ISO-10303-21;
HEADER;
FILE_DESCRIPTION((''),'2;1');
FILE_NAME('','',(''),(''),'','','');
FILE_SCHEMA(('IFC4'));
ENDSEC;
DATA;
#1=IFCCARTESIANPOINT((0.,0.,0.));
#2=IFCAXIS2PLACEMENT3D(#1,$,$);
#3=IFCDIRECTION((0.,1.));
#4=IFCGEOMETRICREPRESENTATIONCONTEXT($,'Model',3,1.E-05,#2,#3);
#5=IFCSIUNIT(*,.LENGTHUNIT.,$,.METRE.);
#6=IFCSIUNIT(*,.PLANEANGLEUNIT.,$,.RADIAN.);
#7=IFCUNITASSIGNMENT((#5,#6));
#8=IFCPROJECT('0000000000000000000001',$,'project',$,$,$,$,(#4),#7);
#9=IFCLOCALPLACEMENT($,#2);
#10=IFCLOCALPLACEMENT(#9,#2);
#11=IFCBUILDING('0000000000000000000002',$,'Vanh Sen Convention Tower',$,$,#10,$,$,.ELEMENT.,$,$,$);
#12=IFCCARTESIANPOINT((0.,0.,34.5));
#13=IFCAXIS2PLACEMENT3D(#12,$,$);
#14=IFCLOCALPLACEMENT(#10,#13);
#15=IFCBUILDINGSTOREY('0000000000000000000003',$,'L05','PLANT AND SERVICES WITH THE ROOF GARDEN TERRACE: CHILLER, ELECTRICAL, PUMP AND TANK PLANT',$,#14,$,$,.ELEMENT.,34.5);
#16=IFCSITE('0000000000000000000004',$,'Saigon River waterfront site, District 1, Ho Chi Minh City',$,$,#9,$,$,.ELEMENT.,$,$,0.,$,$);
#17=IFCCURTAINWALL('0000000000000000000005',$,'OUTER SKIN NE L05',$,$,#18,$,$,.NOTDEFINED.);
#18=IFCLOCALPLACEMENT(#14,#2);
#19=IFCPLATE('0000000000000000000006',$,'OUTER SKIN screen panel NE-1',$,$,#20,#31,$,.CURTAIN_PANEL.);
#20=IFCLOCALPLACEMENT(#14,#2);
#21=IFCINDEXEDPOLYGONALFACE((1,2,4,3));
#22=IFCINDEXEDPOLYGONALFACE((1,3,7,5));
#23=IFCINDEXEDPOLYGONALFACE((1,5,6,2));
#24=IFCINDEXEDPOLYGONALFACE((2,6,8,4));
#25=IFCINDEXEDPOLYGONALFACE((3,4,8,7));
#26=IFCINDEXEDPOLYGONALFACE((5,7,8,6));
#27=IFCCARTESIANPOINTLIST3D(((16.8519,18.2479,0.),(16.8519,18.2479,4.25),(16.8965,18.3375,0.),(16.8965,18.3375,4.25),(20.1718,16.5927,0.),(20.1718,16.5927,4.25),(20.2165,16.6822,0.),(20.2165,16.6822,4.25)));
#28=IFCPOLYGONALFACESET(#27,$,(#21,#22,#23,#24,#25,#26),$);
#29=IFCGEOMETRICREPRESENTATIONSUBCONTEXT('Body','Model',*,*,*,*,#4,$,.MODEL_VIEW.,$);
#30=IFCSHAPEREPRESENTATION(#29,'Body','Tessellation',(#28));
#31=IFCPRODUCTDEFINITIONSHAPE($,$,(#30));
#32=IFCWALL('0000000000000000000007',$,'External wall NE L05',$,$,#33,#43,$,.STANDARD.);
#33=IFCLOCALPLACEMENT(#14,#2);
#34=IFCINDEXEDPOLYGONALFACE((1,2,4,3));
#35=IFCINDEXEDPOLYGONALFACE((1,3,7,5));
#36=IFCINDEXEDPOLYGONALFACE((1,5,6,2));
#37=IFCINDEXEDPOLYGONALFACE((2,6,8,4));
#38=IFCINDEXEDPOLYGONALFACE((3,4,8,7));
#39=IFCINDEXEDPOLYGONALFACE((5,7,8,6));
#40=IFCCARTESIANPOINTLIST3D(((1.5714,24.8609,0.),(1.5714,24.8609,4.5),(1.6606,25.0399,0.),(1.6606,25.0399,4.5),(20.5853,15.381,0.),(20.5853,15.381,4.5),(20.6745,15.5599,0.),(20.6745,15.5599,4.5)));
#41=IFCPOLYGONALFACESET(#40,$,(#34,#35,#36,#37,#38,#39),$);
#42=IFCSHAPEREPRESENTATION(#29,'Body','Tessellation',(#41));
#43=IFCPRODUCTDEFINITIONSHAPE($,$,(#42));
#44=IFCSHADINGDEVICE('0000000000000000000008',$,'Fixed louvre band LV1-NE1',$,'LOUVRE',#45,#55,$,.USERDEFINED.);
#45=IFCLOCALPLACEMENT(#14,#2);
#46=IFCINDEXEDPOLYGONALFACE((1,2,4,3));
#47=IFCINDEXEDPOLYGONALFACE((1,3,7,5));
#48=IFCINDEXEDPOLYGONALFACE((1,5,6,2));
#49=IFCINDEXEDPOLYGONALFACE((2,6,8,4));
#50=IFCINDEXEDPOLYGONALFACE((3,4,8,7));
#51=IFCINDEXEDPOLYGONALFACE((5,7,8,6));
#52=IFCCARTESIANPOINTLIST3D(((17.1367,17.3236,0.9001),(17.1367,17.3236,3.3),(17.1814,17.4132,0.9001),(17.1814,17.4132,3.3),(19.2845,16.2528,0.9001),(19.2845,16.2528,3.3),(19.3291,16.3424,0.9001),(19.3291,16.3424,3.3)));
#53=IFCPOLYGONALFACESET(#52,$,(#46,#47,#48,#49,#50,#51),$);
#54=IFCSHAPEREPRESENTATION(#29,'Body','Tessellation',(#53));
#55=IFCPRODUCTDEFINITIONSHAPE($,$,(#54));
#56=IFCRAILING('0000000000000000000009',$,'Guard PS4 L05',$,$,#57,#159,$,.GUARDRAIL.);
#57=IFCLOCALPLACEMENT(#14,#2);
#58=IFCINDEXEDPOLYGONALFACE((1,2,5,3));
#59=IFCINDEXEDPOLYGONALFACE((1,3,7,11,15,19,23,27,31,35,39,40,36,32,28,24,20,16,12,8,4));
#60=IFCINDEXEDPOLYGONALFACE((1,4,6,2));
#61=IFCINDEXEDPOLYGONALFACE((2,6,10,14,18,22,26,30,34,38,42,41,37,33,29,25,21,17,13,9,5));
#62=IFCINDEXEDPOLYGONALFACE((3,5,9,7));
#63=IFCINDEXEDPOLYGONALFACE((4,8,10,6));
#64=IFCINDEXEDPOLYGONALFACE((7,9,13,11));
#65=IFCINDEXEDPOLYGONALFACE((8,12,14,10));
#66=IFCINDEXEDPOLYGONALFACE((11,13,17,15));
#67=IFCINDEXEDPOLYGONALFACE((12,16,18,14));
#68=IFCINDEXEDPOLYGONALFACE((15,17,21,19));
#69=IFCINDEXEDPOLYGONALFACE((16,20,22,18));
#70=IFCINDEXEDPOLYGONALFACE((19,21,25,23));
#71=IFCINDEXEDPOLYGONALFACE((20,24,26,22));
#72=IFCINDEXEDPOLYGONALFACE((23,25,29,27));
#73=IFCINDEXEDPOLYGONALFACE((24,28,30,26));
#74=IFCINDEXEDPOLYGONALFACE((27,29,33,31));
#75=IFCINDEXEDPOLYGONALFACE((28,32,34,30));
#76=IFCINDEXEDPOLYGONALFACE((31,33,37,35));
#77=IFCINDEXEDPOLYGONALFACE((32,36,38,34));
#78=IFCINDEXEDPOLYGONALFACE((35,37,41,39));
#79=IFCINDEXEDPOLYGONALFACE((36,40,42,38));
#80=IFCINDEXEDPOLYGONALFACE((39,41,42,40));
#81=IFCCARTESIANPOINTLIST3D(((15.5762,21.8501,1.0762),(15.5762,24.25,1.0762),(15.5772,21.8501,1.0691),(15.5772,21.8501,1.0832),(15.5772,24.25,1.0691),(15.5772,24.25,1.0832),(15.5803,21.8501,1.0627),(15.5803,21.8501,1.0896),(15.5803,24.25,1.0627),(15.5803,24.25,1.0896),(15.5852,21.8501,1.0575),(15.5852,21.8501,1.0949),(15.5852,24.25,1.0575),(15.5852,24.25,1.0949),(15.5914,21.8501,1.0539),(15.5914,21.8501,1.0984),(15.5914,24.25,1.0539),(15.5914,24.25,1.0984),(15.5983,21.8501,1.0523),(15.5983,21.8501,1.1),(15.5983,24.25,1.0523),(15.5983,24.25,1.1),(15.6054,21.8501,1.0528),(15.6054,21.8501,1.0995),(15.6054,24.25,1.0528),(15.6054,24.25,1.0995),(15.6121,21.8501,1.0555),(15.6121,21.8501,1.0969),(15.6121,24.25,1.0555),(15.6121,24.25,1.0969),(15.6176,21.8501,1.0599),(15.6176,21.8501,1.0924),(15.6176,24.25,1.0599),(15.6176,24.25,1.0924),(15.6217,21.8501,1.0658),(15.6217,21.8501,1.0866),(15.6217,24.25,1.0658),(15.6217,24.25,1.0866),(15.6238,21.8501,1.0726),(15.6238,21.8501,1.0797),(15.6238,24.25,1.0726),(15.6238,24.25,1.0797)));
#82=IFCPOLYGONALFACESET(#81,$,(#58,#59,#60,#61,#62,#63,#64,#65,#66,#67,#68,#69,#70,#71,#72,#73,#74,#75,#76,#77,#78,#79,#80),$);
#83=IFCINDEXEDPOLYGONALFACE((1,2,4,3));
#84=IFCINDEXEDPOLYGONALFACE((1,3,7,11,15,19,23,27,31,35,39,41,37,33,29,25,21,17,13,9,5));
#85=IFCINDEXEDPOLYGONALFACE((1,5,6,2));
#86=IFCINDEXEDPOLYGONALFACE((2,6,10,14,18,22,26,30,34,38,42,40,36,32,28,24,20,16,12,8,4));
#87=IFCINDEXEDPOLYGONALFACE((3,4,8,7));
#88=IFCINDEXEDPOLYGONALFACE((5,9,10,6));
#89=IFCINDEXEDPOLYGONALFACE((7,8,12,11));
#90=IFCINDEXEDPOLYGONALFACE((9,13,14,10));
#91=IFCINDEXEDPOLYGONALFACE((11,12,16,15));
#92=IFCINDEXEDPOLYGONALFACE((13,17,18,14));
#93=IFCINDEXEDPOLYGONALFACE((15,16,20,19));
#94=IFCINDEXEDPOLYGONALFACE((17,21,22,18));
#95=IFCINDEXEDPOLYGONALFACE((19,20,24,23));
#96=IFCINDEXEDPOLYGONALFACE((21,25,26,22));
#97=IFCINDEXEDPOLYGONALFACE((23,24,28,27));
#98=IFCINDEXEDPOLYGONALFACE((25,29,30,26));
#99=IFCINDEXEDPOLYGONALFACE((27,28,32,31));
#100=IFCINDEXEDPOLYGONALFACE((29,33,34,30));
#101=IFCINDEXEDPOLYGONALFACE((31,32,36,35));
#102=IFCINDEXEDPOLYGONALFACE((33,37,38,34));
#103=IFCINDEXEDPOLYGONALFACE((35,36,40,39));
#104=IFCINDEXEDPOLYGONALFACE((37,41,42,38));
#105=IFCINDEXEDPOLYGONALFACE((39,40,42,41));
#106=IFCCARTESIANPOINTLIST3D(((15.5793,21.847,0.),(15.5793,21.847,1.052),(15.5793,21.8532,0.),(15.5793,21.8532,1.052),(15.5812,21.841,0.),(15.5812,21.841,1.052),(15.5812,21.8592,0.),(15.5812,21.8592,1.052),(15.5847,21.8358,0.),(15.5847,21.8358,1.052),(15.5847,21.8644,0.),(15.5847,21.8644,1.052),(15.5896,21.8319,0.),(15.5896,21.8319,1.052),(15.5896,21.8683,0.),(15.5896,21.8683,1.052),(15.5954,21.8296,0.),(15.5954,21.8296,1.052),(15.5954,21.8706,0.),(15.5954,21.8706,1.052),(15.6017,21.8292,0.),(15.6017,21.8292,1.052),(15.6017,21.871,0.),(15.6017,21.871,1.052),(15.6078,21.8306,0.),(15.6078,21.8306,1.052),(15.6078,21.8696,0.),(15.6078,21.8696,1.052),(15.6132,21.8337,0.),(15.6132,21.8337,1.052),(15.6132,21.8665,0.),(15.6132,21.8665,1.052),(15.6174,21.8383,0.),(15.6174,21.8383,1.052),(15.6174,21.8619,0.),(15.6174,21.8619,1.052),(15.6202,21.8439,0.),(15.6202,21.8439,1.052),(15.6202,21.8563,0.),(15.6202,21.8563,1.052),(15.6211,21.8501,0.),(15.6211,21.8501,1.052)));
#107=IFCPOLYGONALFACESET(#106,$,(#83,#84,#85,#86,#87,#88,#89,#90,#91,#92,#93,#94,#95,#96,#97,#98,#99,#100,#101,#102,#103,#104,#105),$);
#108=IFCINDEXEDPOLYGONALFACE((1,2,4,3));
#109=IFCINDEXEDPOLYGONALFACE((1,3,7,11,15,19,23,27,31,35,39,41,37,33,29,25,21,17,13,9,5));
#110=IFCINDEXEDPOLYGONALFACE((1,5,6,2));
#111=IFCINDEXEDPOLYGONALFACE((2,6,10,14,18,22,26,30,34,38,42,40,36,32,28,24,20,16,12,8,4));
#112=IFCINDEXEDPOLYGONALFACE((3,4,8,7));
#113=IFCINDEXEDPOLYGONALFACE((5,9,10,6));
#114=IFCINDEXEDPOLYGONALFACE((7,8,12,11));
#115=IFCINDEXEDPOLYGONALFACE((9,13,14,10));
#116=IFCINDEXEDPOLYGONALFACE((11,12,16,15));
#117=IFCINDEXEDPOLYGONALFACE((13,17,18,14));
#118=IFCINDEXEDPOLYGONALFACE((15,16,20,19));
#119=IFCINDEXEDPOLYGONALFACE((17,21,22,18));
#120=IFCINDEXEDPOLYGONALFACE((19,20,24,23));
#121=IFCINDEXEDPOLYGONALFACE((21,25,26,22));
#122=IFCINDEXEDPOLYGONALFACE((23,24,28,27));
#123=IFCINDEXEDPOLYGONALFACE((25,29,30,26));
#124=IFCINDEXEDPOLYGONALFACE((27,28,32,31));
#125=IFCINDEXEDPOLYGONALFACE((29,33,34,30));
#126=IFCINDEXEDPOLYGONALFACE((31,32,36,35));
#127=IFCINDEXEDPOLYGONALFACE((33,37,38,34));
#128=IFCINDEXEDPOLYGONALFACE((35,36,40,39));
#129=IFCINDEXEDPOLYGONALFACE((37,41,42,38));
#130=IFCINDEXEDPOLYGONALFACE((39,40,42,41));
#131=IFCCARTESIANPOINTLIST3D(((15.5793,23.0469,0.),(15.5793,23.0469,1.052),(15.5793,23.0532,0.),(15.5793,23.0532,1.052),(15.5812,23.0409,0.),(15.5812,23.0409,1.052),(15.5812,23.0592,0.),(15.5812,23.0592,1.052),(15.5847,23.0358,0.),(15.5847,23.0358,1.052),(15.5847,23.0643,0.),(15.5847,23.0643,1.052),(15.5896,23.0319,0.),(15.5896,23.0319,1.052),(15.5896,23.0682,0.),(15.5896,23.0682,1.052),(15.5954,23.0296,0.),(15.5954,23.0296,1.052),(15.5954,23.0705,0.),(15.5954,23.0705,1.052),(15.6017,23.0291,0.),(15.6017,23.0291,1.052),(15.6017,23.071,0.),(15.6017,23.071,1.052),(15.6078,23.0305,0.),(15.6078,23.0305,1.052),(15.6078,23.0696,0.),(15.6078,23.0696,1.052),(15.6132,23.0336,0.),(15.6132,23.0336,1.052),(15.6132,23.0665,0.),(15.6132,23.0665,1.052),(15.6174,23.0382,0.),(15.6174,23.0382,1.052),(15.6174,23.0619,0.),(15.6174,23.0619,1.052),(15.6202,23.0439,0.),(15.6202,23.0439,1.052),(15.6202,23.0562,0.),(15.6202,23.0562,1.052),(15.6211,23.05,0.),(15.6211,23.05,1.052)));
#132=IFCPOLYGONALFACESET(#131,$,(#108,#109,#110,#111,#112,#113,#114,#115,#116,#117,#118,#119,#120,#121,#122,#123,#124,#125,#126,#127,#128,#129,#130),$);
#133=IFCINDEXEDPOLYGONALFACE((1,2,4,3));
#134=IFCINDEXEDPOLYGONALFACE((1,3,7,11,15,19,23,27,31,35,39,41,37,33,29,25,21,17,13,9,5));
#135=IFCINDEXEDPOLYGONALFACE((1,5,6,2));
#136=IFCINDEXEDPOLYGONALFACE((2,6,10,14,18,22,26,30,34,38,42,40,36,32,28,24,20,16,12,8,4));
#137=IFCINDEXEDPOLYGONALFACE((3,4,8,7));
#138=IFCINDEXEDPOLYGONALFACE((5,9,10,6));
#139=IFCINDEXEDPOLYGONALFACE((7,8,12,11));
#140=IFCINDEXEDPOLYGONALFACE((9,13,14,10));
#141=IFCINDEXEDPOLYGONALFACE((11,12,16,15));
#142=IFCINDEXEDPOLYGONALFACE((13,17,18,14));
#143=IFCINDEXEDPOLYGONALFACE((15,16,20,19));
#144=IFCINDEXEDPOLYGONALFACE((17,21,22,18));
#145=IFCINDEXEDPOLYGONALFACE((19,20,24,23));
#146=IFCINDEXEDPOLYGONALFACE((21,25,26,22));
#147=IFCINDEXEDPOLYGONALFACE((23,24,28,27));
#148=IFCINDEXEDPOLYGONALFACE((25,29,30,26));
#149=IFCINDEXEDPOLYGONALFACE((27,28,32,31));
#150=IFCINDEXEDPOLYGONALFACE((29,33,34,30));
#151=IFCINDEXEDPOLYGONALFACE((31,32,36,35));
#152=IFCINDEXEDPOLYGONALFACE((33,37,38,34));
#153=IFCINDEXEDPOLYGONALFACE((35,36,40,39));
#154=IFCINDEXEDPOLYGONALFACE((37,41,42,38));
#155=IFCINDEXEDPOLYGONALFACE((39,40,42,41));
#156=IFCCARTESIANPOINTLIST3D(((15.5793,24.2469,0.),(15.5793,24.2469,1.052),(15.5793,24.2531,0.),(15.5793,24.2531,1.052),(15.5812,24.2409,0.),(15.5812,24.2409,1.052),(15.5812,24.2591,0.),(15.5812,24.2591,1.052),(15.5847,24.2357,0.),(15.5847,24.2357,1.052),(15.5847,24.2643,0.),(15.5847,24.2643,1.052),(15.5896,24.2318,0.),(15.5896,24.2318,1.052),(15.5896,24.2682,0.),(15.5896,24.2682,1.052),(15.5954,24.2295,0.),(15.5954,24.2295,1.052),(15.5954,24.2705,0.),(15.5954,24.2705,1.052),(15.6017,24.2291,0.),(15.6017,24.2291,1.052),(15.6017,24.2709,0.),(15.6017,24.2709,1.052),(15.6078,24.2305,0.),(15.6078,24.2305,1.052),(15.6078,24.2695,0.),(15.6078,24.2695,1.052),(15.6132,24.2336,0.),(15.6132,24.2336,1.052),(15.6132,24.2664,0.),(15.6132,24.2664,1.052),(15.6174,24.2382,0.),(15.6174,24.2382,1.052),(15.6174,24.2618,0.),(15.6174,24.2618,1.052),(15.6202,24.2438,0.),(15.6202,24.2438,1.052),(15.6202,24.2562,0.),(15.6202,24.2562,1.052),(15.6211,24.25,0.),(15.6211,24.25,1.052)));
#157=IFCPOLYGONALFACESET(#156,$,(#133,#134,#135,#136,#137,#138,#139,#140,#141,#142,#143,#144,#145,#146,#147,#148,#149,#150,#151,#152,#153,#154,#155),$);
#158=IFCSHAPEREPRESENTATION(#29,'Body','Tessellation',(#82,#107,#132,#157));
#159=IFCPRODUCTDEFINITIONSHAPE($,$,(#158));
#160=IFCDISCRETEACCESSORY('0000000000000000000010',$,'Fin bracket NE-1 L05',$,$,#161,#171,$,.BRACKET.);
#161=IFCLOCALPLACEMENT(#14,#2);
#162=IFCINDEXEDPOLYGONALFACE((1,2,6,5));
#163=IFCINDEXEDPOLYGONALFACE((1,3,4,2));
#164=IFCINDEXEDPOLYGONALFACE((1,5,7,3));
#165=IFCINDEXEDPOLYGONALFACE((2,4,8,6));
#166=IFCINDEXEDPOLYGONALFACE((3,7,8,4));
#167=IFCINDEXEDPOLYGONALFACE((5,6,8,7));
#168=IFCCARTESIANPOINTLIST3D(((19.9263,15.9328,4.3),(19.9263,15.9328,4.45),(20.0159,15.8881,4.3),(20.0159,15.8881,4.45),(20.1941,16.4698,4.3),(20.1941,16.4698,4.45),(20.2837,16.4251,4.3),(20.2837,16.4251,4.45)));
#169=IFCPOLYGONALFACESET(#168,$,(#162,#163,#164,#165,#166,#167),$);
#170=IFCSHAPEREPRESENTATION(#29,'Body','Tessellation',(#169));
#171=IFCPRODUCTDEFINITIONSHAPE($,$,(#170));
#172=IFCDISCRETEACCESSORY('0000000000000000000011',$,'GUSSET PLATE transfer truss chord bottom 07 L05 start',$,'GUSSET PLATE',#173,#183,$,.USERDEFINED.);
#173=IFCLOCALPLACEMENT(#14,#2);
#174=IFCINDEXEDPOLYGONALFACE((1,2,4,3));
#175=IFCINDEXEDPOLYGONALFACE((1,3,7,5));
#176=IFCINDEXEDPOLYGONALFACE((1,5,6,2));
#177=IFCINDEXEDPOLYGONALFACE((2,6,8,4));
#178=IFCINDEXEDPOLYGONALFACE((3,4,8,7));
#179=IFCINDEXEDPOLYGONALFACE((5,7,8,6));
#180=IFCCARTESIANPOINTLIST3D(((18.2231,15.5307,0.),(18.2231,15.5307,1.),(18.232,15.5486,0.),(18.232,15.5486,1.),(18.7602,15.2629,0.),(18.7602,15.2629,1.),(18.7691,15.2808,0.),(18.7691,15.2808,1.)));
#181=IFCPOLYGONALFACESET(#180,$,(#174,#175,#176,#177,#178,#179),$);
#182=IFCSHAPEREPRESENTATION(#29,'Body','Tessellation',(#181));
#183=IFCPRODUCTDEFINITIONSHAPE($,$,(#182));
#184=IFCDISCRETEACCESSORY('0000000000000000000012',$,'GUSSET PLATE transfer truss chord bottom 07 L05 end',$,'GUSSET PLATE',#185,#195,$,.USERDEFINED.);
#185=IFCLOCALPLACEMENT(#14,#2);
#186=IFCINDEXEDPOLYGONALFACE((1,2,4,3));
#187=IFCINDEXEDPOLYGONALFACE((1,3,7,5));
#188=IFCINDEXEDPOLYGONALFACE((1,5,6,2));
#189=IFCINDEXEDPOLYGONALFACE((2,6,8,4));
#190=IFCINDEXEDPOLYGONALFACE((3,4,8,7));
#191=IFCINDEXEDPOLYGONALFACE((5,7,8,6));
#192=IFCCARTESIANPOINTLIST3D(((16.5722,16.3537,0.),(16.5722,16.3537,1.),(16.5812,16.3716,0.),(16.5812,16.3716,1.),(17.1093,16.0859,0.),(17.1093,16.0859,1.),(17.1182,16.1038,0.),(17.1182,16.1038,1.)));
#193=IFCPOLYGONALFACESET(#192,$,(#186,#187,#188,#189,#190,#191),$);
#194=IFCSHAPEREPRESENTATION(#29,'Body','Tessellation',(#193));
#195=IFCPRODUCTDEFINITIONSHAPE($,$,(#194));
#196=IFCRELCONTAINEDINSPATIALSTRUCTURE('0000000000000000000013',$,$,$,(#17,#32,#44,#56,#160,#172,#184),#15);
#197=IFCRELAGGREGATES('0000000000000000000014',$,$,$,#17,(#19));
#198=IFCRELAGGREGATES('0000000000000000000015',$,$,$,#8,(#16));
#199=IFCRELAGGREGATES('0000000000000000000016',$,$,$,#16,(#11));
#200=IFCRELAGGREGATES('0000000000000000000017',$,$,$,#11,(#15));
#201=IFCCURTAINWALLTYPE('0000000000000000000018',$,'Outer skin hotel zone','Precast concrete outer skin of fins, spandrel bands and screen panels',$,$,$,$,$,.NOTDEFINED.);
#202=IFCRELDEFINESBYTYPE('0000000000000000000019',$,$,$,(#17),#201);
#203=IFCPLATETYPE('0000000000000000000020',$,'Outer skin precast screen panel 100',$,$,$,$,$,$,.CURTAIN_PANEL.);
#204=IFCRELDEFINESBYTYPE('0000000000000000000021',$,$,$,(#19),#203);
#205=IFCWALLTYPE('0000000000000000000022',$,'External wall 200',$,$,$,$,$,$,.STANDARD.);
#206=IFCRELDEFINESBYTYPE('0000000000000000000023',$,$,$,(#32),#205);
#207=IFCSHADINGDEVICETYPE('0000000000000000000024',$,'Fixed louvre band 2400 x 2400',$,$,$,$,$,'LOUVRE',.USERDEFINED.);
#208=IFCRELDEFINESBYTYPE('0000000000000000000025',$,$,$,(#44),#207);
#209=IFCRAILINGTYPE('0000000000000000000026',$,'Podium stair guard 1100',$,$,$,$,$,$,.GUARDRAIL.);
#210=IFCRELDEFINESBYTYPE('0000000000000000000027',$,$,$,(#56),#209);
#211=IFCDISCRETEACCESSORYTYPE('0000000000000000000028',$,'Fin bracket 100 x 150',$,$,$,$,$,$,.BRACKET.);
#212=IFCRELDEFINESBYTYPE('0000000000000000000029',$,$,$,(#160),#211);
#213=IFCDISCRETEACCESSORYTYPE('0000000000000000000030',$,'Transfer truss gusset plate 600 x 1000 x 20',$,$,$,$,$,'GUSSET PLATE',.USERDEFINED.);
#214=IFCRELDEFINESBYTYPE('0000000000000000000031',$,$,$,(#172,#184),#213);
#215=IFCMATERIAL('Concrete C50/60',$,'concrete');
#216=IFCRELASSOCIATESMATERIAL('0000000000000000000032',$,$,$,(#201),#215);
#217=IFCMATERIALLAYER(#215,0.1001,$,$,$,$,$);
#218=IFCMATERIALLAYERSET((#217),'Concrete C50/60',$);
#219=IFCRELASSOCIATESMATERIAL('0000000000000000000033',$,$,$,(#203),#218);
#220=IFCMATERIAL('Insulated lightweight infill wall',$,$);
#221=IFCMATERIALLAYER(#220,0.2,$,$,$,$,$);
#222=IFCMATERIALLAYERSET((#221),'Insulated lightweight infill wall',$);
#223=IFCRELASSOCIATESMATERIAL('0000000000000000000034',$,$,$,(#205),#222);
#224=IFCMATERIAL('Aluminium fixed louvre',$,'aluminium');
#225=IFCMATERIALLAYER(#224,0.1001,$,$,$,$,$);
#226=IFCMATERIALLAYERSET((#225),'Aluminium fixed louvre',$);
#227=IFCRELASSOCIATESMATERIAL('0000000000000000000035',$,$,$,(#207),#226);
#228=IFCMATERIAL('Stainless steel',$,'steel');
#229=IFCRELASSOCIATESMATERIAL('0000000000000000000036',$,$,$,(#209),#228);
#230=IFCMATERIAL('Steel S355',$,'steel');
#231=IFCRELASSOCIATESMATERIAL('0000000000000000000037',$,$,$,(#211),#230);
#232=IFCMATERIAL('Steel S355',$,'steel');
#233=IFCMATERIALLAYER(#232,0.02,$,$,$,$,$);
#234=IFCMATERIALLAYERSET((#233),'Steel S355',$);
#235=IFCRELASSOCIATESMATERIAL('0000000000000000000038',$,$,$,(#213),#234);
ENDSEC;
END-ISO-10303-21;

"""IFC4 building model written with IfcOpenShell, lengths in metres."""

from ifc_helpers import new_model, si_unit, direction, frame, frame_2d, origin, origin_2d, place, context, subcontext, project, spatial, rectangle, circle, extrude, material, layer, layer_set, type_object, element, aggregate, save


model = new_model("IFC4")

# Units and contexts
model_context = context("Model", 3, precision=1e-05, world=origin(), true_north=direction((0.0, 1.0)))
body_context = subcontext(model_context, "Body", "Model", "MODEL_VIEW")
ifc_project = project(units=[si_unit("LENGTHUNIT", "METRE"), si_unit("PLANEANGLEUNIT", "RADIAN")], contexts=[model_context])

# Site, building, storey
site_placement = place(None, origin())
site = spatial("IfcSite", under=ifc_project, at=site_placement, Name="Saigon River waterfront site, District 1, Ho Chi Minh City", CompositionType="ELEMENT", RefElevation=0.0)
building_placement = place(site_placement, origin())
building = spatial("IfcBuilding", under=site, at=building_placement, Name="Vanh Sen Convention Tower", CompositionType="ELEMENT")
storey_placement = place(building_placement, frame((0.0, 0.0, 34.5)))
storey = spatial("IfcBuildingStorey", under=building, at=storey_placement, Name="L05", Description="PLANT AND SERVICES WITH THE ROOF GARDEN TERRACE: CHILLER, ELECTRICAL, PUMP AND TANK PLANT", CompositionType="ELEMENT", Elevation=34.5)

# Curtain wall
ifc_material_1 = material(Name="Concrete C50/60", Category="concrete")
curtain_wall_type = type_object("IfcCurtainWallType", Name="Outer skin hotel zone", Description="Precast concrete outer skin of fins, spandrel bands and screen panels", PredefinedType="NOTDEFINED", material=ifc_material_1)
curtain_wall_placement = place(storey_placement, origin())
curtain_wall = element("IfcCurtainWall", 1, at=curtain_wall_placement, inside=storey, type_object=curtain_wall_type, Name="OUTER SKIN NE L05", PredefinedType="NOTDEFINED")

# Shared definitions
ifc_material_2 = material(Name="Steel S355", Category="steel")

# Plate
ifc_layer_1 = layer(ifc_material_1, 0.1001)
ifc_layer_set_1 = layer_set([ifc_layer_1], Name="Concrete C50/60")
plate_type = type_object("IfcPlateType", Name="Outer skin precast screen panel 100", PredefinedType="CURTAIN_PANEL", material=ifc_layer_set_1)
plate_placement = place(storey_placement, frame((18.5342, 17.4651, 0.0), z_axis=(0.0, 0.0, 1.0), x_axis=(-0.894935, 0.446196, 0.0)))
plate = element("IfcPlate", 2, at=plate_placement, type_object=plate_type, Name="OUTER SKIN screen panel NE-1", PredefinedType="CURTAIN_PANEL", context=body_context, shape_type="SweptSolid", body=[
    extrude(rectangle(XDim=3.7097, YDim=0.1001, at=origin_2d()), origin(), (0.0, 0.0, 1.0), 4.25),
])
aggregate(curtain_wall, [plate])

# Wall
ifc_material_3 = material(Name="Insulated lightweight infill wall")
ifc_layer_2 = layer(ifc_material_3, 0.2)
ifc_layer_set_2 = layer_set([ifc_layer_2], Name="Insulated lightweight infill wall")
wall_type = type_object("IfcWallType", Name="External wall 200", PredefinedType="STANDARD", material=ifc_layer_set_2)
wall_placement = place(storey_placement, frame((20.6299, 15.4705, 0.0), z_axis=(0.0, 0.0, 1.0), x_axis=(-0.894935, 0.446197, 0.0)))
element("IfcWall", 3, at=wall_placement, inside=storey, type_object=wall_type, Name="External wall NE L05", PredefinedType="STANDARD", context=body_context, shape_type="SweptSolid", body=[
    extrude(rectangle(XDim=21.2461, YDim=0.2, at=frame_2d((10.623, 0.0))), origin(), (0.0, 0.0, 1.0), 4.5),
])

# Shading device
ifc_material_4 = material(Name="Aluminium fixed louvre", Category="aluminium")
ifc_layer_3 = layer(ifc_material_4, 0.1001)
ifc_layer_set_3 = layer_set([ifc_layer_3], Name="Aluminium fixed louvre")
shading_device_type = type_object("IfcShadingDeviceType", Name="Fixed louvre band 2400 x 2400", ElementType="LOUVRE", PredefinedType="USERDEFINED", material=ifc_layer_set_3)
shading_device_placement = place(storey_placement, frame((18.2329, 16.833, 0.9001), z_axis=(0.0, 0.0, 1.0), x_axis=(-0.894934, 0.446199, 0.0)))
element("IfcShadingDevice", 4, at=shading_device_placement, inside=storey, type_object=shading_device_type, Name="Fixed louvre band LV1-NE1", ObjectType="LOUVRE", PredefinedType="USERDEFINED", context=body_context, shape_type="SweptSolid", body=[
    extrude(rectangle(XDim=2.3999, YDim=0.1001, at=origin_2d()), origin(), (0.0, 0.0, 1.0), 2.3999),
])

# Railing
ifc_material_5 = material(Name="Stainless steel", Category="steel")
railing_type = type_object("IfcRailingType", Name="Podium stair guard 1100", PredefinedType="GUARDRAIL", material=ifc_material_5)
railing_placement = place(storey_placement, frame((15.6001, 21.8501, 0.0)))
element("IfcRailing", 5, at=railing_placement, inside=storey, type_object=railing_type, Name="Guard PS4 L05", PredefinedType="GUARDRAIL", context=body_context, shape_type="SweptSolid", body=[
    extrude(circle(Radius=0.0239, at=origin_2d()), frame((0.0, 0.0, 1.0762), z_axis=(0.0, 1.0, 0.0), x_axis=(-1.0, 0.0, 0.0)), (0.0, 0.0, 1.0), 2.3999),
    extrude(circle(Radius=0.021, at=origin_2d()), origin(), (0.0, 0.0, 1.0), 1.052),
    extrude(circle(Radius=0.021, at=origin_2d()), frame((0.0, 1.2, 0.0)), (0.0, 0.0, 1.0), 1.052),
    extrude(circle(Radius=0.021, at=origin_2d()), frame((0.0, 2.3999, 0.0)), (0.0, 0.0, 1.0), 1.052),
])

# Discrete accessories
ifc_material_6 = material(Name="Steel S355", Category="steel")
discrete_accessory_type_1 = type_object("IfcDiscreteAccessoryType", Name="Fin bracket 100 x 150", PredefinedType="BRACKET", material=ifc_material_6)
discrete_accessory_1_placement = place(storey_placement, frame((20.105, 16.179, 4.3), z_axis=(0.0, 0.0, 1.0), x_axis=(0.446198, 0.894934, 0.0)))
element("IfcDiscreteAccessory", 6, at=discrete_accessory_1_placement, inside=storey, type_object=discrete_accessory_type_1, Name="Fin bracket NE-1 L05", PredefinedType="BRACKET", context=body_context, shape_type="SweptSolid", body=[
    extrude(rectangle(XDim=0.6001, YDim=0.1001, at=origin_2d()), origin(), (0.0, 0.0, 1.0), 0.1499),
])
ifc_layer_4 = layer(ifc_material_2, 0.02)
ifc_layer_set_4 = layer_set([ifc_layer_4], Name="Steel S355")
discrete_accessory_type_2 = type_object("IfcDiscreteAccessoryType", Name="Transfer truss gusset plate 600 x 1000 x 20", ElementType="GUSSET PLATE", PredefinedType="USERDEFINED", material=ifc_layer_set_4)
for number, where, z_axis, x_axis, name in (
    (7, (18.4961, 15.4058, 0.0), (0.0, 0.0, 1.0), (-0.894935, 0.446196, 0.0), "GUSSET PLATE transfer truss chord bottom 07 L05 start"),
    (8, (16.8452, 16.2288, 0.0), (0.0, 0.0, 1.0), (0.894935, -0.446196, 0.0), "GUSSET PLATE transfer truss chord bottom 07 L05 end"),
):
    element("IfcDiscreteAccessory", number, at=place(storey_placement, frame(where, z_axis=z_axis, x_axis=x_axis)), inside=storey, type_object=discrete_accessory_type_2, Name=name, ObjectType="GUSSET PLATE", PredefinedType="USERDEFINED", context=body_context, shape_type="SweptSolid", body=[
        extrude(rectangle(XDim=0.6001, YDim=0.02, at=origin_2d()), origin(), (0.0, 0.0, 1.0), 1.0),
    ])

save(model, "model.ifc")
